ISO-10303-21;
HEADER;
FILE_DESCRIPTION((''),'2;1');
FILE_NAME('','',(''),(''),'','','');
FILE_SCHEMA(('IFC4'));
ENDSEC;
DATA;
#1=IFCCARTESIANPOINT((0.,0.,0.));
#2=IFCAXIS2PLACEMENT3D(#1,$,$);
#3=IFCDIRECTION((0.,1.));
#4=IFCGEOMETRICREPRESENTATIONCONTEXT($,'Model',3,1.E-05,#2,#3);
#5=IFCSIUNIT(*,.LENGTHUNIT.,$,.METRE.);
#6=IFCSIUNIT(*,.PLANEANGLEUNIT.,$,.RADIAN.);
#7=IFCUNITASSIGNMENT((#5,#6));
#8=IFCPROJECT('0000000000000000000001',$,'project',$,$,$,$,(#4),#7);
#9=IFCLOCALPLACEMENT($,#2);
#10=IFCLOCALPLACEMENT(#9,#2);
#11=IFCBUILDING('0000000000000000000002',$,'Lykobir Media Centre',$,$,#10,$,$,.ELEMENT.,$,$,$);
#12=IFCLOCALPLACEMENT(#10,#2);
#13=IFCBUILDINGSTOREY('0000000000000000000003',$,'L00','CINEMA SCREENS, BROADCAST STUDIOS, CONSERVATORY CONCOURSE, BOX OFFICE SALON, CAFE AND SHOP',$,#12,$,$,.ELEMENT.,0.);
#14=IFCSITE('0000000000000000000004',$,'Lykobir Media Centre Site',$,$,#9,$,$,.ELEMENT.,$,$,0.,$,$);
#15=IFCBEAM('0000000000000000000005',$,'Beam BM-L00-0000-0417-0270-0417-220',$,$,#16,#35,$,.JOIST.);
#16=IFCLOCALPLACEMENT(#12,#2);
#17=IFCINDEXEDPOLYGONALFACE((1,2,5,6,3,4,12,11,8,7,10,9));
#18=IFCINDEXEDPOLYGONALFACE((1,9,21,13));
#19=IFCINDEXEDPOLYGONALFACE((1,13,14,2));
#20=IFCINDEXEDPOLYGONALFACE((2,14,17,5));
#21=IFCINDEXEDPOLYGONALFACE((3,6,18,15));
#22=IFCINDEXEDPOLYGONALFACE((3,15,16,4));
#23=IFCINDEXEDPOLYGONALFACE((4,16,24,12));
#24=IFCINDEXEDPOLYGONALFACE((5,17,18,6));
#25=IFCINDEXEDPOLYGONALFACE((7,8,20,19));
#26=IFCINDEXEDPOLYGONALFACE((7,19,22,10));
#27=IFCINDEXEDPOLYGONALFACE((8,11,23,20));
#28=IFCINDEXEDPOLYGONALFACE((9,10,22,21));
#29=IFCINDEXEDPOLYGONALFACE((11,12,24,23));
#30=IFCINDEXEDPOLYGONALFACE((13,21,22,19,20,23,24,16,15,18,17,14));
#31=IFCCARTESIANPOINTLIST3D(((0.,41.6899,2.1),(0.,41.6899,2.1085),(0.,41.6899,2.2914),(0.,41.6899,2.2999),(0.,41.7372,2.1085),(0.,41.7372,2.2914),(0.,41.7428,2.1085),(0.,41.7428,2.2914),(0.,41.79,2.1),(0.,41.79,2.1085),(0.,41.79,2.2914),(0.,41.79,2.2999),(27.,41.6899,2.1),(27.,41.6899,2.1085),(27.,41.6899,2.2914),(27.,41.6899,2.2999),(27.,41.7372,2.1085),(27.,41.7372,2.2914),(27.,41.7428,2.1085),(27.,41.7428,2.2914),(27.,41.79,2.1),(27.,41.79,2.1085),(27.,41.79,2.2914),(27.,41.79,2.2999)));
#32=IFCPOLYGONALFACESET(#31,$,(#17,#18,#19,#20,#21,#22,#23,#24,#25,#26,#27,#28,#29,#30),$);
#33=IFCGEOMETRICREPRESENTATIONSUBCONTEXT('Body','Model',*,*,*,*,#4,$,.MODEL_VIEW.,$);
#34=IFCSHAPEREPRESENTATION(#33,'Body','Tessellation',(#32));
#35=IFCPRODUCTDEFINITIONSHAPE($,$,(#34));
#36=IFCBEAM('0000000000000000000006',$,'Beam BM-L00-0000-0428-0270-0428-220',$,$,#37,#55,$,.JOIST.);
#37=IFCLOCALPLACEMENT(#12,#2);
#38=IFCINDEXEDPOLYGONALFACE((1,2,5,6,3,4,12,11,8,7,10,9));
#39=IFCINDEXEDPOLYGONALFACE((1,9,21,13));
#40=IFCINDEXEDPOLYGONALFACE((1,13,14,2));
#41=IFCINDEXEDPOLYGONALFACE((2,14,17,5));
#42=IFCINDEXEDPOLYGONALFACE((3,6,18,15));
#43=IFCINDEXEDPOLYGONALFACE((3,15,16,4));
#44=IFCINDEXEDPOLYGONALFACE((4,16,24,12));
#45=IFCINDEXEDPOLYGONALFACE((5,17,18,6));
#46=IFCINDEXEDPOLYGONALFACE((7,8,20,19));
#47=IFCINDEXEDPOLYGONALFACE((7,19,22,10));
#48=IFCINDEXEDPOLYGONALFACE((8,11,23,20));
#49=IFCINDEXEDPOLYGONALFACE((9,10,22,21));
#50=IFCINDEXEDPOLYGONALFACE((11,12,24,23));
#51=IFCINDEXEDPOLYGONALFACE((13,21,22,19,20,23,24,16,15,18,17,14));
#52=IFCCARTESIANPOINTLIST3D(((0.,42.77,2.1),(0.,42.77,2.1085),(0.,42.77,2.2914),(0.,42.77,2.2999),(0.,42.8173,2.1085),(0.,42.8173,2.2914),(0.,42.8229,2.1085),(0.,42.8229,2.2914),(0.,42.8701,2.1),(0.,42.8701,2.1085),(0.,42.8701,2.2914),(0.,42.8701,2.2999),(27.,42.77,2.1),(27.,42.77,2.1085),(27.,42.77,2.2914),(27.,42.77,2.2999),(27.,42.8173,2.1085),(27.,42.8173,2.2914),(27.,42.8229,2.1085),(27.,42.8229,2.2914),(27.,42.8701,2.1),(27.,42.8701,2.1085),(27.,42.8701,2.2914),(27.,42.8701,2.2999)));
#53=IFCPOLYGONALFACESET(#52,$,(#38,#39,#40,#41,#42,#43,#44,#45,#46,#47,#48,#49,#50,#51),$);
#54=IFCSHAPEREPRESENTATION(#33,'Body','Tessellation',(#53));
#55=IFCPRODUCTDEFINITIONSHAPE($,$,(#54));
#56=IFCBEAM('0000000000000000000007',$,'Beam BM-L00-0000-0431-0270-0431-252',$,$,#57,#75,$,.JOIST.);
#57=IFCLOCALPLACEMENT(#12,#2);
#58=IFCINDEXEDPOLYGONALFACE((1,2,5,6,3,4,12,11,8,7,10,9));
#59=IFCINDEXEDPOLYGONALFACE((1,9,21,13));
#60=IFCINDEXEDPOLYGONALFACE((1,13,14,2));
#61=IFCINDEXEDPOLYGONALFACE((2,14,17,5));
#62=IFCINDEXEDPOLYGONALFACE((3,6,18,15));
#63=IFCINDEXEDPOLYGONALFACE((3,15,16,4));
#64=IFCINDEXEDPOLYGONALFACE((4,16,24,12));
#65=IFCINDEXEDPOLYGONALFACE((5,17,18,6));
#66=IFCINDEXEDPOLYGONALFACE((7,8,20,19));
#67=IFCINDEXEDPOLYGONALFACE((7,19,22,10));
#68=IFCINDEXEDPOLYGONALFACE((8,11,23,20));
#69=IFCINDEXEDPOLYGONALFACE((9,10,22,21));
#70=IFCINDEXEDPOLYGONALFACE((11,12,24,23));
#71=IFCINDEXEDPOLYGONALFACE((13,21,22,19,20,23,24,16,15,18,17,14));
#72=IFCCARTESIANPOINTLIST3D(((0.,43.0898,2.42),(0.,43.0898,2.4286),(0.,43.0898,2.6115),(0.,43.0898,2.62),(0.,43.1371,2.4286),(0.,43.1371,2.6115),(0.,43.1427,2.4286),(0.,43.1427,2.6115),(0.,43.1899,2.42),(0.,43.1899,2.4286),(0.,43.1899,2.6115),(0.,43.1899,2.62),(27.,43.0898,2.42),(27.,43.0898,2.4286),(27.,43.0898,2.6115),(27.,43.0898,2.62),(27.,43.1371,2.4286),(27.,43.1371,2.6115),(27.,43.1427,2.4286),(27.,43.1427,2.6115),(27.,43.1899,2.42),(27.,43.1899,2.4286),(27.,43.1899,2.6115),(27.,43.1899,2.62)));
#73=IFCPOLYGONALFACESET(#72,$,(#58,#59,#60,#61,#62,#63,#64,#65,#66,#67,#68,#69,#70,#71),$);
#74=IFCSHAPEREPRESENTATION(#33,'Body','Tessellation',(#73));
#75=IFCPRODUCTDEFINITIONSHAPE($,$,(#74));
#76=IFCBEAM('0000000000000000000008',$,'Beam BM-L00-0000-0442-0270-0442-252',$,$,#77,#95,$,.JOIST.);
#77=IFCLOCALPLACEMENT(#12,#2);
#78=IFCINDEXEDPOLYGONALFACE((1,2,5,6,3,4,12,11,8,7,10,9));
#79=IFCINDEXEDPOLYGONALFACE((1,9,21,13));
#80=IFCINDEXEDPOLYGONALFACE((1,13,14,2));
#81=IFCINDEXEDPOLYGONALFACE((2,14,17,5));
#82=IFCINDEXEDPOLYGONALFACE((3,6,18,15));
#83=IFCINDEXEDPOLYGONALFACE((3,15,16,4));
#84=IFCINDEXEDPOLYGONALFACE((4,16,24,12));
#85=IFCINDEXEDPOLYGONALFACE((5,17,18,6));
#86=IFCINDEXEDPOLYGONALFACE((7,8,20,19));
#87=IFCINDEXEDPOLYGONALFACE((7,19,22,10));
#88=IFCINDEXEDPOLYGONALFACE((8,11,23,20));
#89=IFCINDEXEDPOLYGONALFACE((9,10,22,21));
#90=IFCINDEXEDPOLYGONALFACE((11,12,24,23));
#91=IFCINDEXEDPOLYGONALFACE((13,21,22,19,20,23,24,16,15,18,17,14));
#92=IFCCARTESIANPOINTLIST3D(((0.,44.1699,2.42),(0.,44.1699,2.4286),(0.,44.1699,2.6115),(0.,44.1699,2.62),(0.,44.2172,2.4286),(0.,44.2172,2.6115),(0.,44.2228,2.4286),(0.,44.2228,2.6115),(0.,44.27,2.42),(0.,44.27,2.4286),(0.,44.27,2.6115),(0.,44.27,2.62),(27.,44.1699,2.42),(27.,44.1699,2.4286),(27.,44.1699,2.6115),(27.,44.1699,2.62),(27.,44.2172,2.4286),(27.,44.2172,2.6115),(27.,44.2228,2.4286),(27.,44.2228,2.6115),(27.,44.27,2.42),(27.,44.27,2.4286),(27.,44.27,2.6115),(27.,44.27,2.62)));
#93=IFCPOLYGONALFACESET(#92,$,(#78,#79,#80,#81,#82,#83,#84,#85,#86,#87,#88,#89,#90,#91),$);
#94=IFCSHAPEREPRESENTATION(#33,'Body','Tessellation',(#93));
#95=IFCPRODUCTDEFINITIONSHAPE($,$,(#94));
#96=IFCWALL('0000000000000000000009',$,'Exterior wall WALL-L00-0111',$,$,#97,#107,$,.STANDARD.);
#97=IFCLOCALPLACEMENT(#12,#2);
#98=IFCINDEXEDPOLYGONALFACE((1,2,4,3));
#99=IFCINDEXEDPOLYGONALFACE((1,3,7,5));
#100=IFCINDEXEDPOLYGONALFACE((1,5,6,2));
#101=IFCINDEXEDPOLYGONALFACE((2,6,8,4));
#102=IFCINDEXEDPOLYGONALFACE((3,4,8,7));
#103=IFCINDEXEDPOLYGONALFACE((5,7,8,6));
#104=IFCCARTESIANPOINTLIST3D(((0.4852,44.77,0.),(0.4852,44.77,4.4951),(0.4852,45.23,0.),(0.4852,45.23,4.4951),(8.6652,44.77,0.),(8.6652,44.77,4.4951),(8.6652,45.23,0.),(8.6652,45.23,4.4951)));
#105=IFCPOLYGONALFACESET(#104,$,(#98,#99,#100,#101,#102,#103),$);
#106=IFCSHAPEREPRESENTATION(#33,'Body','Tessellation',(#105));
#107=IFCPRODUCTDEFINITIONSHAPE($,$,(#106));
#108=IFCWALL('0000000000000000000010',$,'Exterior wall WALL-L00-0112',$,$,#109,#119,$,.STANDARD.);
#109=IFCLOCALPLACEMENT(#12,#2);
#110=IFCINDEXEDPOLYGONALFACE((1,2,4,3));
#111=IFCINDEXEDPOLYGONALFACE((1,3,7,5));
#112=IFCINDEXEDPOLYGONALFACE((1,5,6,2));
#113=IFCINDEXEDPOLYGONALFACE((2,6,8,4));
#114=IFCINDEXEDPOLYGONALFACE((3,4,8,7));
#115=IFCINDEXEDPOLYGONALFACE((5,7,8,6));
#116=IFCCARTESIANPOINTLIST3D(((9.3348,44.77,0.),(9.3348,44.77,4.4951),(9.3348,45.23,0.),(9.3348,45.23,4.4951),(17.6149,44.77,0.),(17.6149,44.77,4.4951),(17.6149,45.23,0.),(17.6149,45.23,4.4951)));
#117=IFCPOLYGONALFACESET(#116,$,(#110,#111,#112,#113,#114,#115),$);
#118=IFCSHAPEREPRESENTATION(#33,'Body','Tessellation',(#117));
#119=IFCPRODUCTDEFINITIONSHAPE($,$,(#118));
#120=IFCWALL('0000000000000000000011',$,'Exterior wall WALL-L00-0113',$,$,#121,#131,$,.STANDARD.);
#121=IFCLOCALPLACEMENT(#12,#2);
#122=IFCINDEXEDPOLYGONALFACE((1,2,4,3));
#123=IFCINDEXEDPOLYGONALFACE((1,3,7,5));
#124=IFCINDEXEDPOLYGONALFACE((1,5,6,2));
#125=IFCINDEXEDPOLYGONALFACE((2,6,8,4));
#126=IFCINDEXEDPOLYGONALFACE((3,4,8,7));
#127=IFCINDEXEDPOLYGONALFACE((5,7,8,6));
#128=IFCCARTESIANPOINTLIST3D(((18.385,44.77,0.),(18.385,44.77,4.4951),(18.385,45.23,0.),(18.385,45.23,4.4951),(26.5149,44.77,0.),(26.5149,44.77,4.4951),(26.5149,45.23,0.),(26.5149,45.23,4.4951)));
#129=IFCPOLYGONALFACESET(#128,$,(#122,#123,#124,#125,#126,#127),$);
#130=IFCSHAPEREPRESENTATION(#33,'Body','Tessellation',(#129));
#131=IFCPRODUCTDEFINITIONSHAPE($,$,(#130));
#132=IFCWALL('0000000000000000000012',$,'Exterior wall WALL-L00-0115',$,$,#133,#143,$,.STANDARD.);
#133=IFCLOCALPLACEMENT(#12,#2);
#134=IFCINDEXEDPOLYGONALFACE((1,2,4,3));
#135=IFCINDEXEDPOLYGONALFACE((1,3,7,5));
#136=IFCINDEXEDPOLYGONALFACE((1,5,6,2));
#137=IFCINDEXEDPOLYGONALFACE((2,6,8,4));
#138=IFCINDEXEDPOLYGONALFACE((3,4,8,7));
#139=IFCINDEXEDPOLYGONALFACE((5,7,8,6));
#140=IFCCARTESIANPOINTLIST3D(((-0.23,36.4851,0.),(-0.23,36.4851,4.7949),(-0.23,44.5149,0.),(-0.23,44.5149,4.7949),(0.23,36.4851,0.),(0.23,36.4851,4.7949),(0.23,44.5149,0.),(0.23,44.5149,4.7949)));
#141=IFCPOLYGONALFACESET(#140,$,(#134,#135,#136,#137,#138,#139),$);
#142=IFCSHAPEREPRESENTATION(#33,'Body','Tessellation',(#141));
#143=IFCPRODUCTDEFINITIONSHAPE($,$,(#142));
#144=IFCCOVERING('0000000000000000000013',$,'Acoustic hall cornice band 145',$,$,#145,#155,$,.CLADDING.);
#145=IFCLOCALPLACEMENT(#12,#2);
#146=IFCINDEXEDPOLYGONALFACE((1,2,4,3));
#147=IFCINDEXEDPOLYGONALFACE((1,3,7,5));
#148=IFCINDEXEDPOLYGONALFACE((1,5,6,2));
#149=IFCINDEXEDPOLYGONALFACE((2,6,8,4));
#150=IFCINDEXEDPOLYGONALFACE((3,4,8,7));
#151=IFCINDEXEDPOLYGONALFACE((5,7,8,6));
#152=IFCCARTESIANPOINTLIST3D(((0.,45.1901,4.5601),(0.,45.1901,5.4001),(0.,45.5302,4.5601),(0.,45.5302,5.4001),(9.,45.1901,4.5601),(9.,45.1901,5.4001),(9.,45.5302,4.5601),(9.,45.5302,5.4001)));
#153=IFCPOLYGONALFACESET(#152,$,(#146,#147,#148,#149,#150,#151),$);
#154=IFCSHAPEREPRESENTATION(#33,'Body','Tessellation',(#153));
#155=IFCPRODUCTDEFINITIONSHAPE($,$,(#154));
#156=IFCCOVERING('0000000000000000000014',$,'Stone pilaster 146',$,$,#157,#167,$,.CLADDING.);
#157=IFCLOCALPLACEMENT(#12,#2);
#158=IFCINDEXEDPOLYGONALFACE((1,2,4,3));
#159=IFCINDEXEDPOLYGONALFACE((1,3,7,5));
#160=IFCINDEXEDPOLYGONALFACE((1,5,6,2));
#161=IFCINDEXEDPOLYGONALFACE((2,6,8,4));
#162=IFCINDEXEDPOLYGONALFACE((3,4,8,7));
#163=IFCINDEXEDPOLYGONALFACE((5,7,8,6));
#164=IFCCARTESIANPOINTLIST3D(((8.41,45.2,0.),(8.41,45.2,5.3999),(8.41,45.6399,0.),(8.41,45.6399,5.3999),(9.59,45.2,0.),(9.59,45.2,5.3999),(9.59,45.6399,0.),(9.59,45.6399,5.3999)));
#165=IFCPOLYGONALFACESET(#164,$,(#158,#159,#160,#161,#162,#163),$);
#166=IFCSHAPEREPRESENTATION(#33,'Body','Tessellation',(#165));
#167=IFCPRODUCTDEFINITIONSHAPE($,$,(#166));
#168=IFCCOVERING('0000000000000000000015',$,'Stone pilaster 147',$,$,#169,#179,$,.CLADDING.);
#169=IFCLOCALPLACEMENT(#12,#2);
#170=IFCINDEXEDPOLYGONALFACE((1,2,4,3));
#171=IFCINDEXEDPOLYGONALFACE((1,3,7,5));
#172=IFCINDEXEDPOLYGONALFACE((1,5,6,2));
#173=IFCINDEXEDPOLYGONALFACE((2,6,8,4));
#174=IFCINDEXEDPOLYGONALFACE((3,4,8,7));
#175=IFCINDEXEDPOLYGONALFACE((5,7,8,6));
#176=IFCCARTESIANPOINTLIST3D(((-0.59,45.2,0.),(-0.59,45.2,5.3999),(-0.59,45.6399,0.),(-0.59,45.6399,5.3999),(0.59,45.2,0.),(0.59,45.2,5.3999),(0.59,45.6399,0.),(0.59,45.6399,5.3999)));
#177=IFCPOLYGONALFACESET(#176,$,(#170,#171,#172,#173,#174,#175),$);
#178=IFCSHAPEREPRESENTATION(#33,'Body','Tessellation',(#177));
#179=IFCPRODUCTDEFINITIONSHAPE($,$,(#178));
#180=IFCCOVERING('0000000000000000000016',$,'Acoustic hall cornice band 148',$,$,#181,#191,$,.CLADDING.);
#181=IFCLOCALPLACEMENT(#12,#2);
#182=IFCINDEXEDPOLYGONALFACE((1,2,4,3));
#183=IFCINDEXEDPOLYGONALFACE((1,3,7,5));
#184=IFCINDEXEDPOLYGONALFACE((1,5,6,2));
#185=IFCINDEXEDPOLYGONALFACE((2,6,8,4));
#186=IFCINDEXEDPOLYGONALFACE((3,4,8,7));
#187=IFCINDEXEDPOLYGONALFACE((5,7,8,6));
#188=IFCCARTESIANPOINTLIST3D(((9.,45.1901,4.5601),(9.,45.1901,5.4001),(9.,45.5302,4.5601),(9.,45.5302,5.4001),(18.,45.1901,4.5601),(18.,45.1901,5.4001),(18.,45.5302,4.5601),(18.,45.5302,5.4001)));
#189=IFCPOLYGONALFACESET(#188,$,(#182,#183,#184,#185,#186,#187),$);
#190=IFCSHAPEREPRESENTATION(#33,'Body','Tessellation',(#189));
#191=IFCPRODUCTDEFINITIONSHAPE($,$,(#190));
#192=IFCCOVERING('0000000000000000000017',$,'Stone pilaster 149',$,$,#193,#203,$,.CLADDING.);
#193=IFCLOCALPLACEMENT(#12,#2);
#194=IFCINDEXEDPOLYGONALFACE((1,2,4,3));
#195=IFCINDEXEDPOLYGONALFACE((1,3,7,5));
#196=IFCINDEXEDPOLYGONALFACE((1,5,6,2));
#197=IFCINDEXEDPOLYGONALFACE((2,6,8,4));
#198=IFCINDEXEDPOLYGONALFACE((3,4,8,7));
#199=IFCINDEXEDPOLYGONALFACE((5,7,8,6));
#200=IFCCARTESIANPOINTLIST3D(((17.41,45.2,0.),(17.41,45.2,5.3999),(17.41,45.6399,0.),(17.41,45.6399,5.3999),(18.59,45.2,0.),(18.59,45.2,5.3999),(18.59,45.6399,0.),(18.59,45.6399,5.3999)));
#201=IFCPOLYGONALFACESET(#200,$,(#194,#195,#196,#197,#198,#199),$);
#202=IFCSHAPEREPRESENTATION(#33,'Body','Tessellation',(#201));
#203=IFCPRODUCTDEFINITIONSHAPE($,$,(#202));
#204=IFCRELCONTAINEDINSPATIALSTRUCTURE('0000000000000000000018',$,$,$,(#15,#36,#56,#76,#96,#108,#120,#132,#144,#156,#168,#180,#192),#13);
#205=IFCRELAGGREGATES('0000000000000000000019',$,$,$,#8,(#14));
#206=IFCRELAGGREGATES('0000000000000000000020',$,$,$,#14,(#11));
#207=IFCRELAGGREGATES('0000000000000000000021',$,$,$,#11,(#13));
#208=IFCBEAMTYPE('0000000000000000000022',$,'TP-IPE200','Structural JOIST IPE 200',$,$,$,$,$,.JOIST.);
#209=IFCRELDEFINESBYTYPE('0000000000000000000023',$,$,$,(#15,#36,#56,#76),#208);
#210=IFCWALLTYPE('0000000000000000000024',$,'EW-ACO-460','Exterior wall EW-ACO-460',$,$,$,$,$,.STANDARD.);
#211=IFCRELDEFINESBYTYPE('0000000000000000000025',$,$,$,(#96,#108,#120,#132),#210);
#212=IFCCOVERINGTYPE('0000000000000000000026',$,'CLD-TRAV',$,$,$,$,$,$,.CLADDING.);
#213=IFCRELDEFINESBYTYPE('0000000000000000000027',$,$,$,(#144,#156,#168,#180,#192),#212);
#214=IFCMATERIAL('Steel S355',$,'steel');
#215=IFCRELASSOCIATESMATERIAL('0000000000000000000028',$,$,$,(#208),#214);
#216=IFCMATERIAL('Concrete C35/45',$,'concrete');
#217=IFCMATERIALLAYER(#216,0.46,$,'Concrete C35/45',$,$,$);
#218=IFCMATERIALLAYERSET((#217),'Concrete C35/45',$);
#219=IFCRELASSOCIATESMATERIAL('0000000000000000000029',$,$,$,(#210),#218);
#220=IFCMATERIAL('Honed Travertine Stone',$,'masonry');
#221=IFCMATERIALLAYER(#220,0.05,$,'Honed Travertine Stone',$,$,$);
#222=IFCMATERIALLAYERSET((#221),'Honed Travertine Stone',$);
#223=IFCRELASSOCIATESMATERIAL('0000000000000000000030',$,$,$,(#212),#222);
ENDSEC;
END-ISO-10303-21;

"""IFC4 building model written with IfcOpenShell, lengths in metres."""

from ifc_helpers import new_model, si_unit, direction, frame, frame_2d, origin, origin_2d, place, context, subcontext, project, spatial, rectangle, i_section, extrude, material, layer, layer_set, material_profile, profile_set, type_object, element, save


model = new_model("IFC4")

# Units and contexts
model_context = context("Model", 3, precision=1e-05, world=origin(), true_north=direction((0.0, 1.0)))
body_context = subcontext(model_context, "Body", "Model", "MODEL_VIEW")
ifc_project = project(units=[si_unit("LENGTHUNIT", "METRE"), si_unit("PLANEANGLEUNIT", "RADIAN")], contexts=[model_context])

# Site, building, storey
site_placement = place(None, origin())
site = spatial("IfcSite", under=ifc_project, at=site_placement, Name="Lykobir Media Centre Site", CompositionType="ELEMENT", RefElevation=0.0)
building_placement = place(site_placement, origin())
building = spatial("IfcBuilding", under=site, at=building_placement, Name="Lykobir Media Centre", CompositionType="ELEMENT")
storey_placement = place(building_placement, origin())
storey = spatial("IfcBuildingStorey", under=building, at=storey_placement, Name="L00", Description="CINEMA SCREENS, BROADCAST STUDIOS, CONSERVATORY CONCOURSE, BOX OFFICE SALON, CAFE AND SHOP", CompositionType="ELEMENT", Elevation=0.0)

# Beams
ifc_material_1 = material(Name="Steel S355", Category="steel")
ifc_material_profile_1 = material_profile(ifc_material_1, i_section(OverallWidth=0.1001, OverallDepth=0.2, WebThickness=0.0056, FlangeThickness=0.0085, at=origin_2d()), Name="IPE 200")
ifc_profile_set_1 = profile_set([ifc_material_profile_1], Name="Steel S355")
beam_type_1 = type_object("IfcBeamType", Name="TP-IPE200", Description="Structural JOIST IPE 200", PredefinedType="JOIST", material=ifc_profile_set_1)
for number, where, z_axis, x_axis, name in (
    (1, (0.0, 41.74, 2.2), (1.0, 0.0, 0.0), (0.0, 1.0, 0.0), "Beam BM-L00-0000-0417-0270-0417-220"),
    (2, (0.0, 42.8201, 2.2), (1.0, 0.0, 0.0), (0.0, 1.0, 0.0), "Beam BM-L00-0000-0428-0270-0428-220"),
    (3, (0.0, 43.1399, 2.52), (1.0, 0.0, 0.0), (0.0, 1.0, 0.0), "Beam BM-L00-0000-0431-0270-0431-252"),
    (4, (0.0, 44.22, 2.52), (1.0, 0.0, 0.0), (0.0, 1.0, 0.0), "Beam BM-L00-0000-0442-0270-0442-252"),
):
    element("IfcBeam", number, at=place(storey_placement, frame(where, z_axis=z_axis, x_axis=x_axis)), inside=storey, type_object=beam_type_1, Name=name, PredefinedType="JOIST", context=body_context, shape_type="SweptSolid", body=[
        extrude(i_section(OverallWidth=0.1001, OverallDepth=0.2, WebThickness=0.0056, FlangeThickness=0.0085, at=origin_2d()), origin(), (0.0, 0.0, 1.0), 27.0),
    ])

# Walls
ifc_material_2 = material(Name="Concrete C35/45", Category="concrete")
ifc_layer_1 = layer(ifc_material_2, 0.46, Name="Concrete C35/45")
ifc_layer_set_1 = layer_set([ifc_layer_1], Name="Concrete C35/45")
wall_type = type_object("IfcWallType", Name="EW-ACO-460", Description="Exterior wall EW-ACO-460", PredefinedType="STANDARD", material=ifc_layer_set_1)
wall_1_placement = place(storey_placement, frame((8.665, 45.0, 0.0), z_axis=(0.0, 0.0, 1.0), x_axis=(-1.0, 0.0, 0.0)))
element("IfcWall", 5, at=wall_1_placement, inside=storey, type_object=wall_type, Name="Exterior wall WALL-L00-0111", PredefinedType="STANDARD", context=body_context, shape_type="SweptSolid", body=[
    extrude(rectangle(XDim=8.1799, YDim=0.46, at=frame_2d((4.0898, 0.0))), origin(), (0.0, 0.0, 1.0), 4.4951),
])
wall_2_placement = place(storey_placement, frame((17.615, 45.0, 0.0), z_axis=(0.0, 0.0, 1.0), x_axis=(-1.0, 0.0, 0.0)))
element("IfcWall", 6, at=wall_2_placement, inside=storey, type_object=wall_type, Name="Exterior wall WALL-L00-0112", PredefinedType="STANDARD", context=body_context, shape_type="SweptSolid", body=[
    extrude(rectangle(XDim=8.28, YDim=0.46, at=frame_2d((4.1401, 0.0))), origin(), (0.0, 0.0, 1.0), 4.4951),
])
wall_3_placement = place(storey_placement, frame((26.5149, 45.0, 0.0), z_axis=(0.0, 0.0, 1.0), x_axis=(-1.0, 0.0, 0.0)))
element("IfcWall", 7, at=wall_3_placement, inside=storey, type_object=wall_type, Name="Exterior wall WALL-L00-0113", PredefinedType="STANDARD", context=body_context, shape_type="SweptSolid", body=[
    extrude(rectangle(XDim=8.1299, YDim=0.46, at=frame_2d((4.0649, 0.0))), origin(), (0.0, 0.0, 1.0), 4.4951),
])
wall_4_placement = place(storey_placement, frame((0.0, 44.5149, 0.0), z_axis=(0.0, 0.0, 1.0), x_axis=(0.0, -1.0, 0.0)))
element("IfcWall", 8, at=wall_4_placement, inside=storey, type_object=wall_type, Name="Exterior wall WALL-L00-0115", PredefinedType="STANDARD", context=body_context, shape_type="SweptSolid", body=[
    extrude(rectangle(XDim=8.0298, YDim=0.46, at=frame_2d((4.0149, 0.0))), origin(), (0.0, 0.0, 1.0), 4.7949),
])

# Coverings
ifc_material_3 = material(Name="Honed Travertine Stone", Category="masonry")
ifc_layer_2 = layer(ifc_material_3, 0.05, Name="Honed Travertine Stone")
ifc_layer_set_2 = layer_set([ifc_layer_2], Name="Honed Travertine Stone")
covering_type = type_object("IfcCoveringType", Name="CLD-TRAV", PredefinedType="CLADDING", material=ifc_layer_set_2)
covering_1_placement = place(storey_placement, frame((4.5, 45.3601, 4.5601), z_axis=(0.0, 0.0, 1.0), x_axis=(-1.0, 0.0, 0.0)))
element("IfcCovering", 9, at=covering_1_placement, inside=storey, type_object=covering_type, Name="Acoustic hall cornice band 145", PredefinedType="CLADDING", context=body_context, shape_type="SweptSolid", body=[
    extrude(rectangle(XDim=9.0, YDim=0.3401, at=origin_2d()), origin(), (0.0, 0.0, 1.0), 0.8401),
])
for number, where, z_axis, x_axis, name in (
    (10, (9.0, 45.4199, 0.0), (0.0, 0.0, 1.0), (-1.0, 0.0, 0.0), "Stone pilaster 146"),
    (11, (0.0, 45.4199, 0.0), (0.0, 0.0, 1.0), (-1.0, 0.0, 0.0), "Stone pilaster 147"),
):
    element("IfcCovering", number, at=place(storey_placement, frame(where, z_axis=z_axis, x_axis=x_axis)), inside=storey, type_object=covering_type, Name=name, PredefinedType="CLADDING", context=body_context, shape_type="SweptSolid", body=[
        extrude(rectangle(XDim=1.1799, YDim=0.4399, at=origin_2d()), origin(), (0.0, 0.0, 1.0), 5.3999),
    ])
covering_2_placement = place(storey_placement, frame((13.5, 45.3601, 4.5601), z_axis=(0.0, 0.0, 1.0), x_axis=(-1.0, 0.0, 0.0)))
element("IfcCovering", 12, at=covering_2_placement, inside=storey, type_object=covering_type, Name="Acoustic hall cornice band 148", PredefinedType="CLADDING", context=body_context, shape_type="SweptSolid", body=[
    extrude(rectangle(XDim=9.0, YDim=0.3401, at=origin_2d()), origin(), (0.0, 0.0, 1.0), 0.8401),
])
covering_3_placement = place(storey_placement, frame((18.0, 45.4199, 0.0), z_axis=(0.0, 0.0, 1.0), x_axis=(-1.0, 0.0, 0.0)))
element("IfcCovering", 13, at=covering_3_placement, inside=storey, type_object=covering_type, Name="Stone pilaster 149", PredefinedType="CLADDING", context=body_context, shape_type="SweptSolid", body=[
    extrude(rectangle(XDim=1.1799, YDim=0.4399, at=origin_2d()), origin(), (0.0, 0.0, 1.0), 5.3999),
])

save(model, "model.ifc")
